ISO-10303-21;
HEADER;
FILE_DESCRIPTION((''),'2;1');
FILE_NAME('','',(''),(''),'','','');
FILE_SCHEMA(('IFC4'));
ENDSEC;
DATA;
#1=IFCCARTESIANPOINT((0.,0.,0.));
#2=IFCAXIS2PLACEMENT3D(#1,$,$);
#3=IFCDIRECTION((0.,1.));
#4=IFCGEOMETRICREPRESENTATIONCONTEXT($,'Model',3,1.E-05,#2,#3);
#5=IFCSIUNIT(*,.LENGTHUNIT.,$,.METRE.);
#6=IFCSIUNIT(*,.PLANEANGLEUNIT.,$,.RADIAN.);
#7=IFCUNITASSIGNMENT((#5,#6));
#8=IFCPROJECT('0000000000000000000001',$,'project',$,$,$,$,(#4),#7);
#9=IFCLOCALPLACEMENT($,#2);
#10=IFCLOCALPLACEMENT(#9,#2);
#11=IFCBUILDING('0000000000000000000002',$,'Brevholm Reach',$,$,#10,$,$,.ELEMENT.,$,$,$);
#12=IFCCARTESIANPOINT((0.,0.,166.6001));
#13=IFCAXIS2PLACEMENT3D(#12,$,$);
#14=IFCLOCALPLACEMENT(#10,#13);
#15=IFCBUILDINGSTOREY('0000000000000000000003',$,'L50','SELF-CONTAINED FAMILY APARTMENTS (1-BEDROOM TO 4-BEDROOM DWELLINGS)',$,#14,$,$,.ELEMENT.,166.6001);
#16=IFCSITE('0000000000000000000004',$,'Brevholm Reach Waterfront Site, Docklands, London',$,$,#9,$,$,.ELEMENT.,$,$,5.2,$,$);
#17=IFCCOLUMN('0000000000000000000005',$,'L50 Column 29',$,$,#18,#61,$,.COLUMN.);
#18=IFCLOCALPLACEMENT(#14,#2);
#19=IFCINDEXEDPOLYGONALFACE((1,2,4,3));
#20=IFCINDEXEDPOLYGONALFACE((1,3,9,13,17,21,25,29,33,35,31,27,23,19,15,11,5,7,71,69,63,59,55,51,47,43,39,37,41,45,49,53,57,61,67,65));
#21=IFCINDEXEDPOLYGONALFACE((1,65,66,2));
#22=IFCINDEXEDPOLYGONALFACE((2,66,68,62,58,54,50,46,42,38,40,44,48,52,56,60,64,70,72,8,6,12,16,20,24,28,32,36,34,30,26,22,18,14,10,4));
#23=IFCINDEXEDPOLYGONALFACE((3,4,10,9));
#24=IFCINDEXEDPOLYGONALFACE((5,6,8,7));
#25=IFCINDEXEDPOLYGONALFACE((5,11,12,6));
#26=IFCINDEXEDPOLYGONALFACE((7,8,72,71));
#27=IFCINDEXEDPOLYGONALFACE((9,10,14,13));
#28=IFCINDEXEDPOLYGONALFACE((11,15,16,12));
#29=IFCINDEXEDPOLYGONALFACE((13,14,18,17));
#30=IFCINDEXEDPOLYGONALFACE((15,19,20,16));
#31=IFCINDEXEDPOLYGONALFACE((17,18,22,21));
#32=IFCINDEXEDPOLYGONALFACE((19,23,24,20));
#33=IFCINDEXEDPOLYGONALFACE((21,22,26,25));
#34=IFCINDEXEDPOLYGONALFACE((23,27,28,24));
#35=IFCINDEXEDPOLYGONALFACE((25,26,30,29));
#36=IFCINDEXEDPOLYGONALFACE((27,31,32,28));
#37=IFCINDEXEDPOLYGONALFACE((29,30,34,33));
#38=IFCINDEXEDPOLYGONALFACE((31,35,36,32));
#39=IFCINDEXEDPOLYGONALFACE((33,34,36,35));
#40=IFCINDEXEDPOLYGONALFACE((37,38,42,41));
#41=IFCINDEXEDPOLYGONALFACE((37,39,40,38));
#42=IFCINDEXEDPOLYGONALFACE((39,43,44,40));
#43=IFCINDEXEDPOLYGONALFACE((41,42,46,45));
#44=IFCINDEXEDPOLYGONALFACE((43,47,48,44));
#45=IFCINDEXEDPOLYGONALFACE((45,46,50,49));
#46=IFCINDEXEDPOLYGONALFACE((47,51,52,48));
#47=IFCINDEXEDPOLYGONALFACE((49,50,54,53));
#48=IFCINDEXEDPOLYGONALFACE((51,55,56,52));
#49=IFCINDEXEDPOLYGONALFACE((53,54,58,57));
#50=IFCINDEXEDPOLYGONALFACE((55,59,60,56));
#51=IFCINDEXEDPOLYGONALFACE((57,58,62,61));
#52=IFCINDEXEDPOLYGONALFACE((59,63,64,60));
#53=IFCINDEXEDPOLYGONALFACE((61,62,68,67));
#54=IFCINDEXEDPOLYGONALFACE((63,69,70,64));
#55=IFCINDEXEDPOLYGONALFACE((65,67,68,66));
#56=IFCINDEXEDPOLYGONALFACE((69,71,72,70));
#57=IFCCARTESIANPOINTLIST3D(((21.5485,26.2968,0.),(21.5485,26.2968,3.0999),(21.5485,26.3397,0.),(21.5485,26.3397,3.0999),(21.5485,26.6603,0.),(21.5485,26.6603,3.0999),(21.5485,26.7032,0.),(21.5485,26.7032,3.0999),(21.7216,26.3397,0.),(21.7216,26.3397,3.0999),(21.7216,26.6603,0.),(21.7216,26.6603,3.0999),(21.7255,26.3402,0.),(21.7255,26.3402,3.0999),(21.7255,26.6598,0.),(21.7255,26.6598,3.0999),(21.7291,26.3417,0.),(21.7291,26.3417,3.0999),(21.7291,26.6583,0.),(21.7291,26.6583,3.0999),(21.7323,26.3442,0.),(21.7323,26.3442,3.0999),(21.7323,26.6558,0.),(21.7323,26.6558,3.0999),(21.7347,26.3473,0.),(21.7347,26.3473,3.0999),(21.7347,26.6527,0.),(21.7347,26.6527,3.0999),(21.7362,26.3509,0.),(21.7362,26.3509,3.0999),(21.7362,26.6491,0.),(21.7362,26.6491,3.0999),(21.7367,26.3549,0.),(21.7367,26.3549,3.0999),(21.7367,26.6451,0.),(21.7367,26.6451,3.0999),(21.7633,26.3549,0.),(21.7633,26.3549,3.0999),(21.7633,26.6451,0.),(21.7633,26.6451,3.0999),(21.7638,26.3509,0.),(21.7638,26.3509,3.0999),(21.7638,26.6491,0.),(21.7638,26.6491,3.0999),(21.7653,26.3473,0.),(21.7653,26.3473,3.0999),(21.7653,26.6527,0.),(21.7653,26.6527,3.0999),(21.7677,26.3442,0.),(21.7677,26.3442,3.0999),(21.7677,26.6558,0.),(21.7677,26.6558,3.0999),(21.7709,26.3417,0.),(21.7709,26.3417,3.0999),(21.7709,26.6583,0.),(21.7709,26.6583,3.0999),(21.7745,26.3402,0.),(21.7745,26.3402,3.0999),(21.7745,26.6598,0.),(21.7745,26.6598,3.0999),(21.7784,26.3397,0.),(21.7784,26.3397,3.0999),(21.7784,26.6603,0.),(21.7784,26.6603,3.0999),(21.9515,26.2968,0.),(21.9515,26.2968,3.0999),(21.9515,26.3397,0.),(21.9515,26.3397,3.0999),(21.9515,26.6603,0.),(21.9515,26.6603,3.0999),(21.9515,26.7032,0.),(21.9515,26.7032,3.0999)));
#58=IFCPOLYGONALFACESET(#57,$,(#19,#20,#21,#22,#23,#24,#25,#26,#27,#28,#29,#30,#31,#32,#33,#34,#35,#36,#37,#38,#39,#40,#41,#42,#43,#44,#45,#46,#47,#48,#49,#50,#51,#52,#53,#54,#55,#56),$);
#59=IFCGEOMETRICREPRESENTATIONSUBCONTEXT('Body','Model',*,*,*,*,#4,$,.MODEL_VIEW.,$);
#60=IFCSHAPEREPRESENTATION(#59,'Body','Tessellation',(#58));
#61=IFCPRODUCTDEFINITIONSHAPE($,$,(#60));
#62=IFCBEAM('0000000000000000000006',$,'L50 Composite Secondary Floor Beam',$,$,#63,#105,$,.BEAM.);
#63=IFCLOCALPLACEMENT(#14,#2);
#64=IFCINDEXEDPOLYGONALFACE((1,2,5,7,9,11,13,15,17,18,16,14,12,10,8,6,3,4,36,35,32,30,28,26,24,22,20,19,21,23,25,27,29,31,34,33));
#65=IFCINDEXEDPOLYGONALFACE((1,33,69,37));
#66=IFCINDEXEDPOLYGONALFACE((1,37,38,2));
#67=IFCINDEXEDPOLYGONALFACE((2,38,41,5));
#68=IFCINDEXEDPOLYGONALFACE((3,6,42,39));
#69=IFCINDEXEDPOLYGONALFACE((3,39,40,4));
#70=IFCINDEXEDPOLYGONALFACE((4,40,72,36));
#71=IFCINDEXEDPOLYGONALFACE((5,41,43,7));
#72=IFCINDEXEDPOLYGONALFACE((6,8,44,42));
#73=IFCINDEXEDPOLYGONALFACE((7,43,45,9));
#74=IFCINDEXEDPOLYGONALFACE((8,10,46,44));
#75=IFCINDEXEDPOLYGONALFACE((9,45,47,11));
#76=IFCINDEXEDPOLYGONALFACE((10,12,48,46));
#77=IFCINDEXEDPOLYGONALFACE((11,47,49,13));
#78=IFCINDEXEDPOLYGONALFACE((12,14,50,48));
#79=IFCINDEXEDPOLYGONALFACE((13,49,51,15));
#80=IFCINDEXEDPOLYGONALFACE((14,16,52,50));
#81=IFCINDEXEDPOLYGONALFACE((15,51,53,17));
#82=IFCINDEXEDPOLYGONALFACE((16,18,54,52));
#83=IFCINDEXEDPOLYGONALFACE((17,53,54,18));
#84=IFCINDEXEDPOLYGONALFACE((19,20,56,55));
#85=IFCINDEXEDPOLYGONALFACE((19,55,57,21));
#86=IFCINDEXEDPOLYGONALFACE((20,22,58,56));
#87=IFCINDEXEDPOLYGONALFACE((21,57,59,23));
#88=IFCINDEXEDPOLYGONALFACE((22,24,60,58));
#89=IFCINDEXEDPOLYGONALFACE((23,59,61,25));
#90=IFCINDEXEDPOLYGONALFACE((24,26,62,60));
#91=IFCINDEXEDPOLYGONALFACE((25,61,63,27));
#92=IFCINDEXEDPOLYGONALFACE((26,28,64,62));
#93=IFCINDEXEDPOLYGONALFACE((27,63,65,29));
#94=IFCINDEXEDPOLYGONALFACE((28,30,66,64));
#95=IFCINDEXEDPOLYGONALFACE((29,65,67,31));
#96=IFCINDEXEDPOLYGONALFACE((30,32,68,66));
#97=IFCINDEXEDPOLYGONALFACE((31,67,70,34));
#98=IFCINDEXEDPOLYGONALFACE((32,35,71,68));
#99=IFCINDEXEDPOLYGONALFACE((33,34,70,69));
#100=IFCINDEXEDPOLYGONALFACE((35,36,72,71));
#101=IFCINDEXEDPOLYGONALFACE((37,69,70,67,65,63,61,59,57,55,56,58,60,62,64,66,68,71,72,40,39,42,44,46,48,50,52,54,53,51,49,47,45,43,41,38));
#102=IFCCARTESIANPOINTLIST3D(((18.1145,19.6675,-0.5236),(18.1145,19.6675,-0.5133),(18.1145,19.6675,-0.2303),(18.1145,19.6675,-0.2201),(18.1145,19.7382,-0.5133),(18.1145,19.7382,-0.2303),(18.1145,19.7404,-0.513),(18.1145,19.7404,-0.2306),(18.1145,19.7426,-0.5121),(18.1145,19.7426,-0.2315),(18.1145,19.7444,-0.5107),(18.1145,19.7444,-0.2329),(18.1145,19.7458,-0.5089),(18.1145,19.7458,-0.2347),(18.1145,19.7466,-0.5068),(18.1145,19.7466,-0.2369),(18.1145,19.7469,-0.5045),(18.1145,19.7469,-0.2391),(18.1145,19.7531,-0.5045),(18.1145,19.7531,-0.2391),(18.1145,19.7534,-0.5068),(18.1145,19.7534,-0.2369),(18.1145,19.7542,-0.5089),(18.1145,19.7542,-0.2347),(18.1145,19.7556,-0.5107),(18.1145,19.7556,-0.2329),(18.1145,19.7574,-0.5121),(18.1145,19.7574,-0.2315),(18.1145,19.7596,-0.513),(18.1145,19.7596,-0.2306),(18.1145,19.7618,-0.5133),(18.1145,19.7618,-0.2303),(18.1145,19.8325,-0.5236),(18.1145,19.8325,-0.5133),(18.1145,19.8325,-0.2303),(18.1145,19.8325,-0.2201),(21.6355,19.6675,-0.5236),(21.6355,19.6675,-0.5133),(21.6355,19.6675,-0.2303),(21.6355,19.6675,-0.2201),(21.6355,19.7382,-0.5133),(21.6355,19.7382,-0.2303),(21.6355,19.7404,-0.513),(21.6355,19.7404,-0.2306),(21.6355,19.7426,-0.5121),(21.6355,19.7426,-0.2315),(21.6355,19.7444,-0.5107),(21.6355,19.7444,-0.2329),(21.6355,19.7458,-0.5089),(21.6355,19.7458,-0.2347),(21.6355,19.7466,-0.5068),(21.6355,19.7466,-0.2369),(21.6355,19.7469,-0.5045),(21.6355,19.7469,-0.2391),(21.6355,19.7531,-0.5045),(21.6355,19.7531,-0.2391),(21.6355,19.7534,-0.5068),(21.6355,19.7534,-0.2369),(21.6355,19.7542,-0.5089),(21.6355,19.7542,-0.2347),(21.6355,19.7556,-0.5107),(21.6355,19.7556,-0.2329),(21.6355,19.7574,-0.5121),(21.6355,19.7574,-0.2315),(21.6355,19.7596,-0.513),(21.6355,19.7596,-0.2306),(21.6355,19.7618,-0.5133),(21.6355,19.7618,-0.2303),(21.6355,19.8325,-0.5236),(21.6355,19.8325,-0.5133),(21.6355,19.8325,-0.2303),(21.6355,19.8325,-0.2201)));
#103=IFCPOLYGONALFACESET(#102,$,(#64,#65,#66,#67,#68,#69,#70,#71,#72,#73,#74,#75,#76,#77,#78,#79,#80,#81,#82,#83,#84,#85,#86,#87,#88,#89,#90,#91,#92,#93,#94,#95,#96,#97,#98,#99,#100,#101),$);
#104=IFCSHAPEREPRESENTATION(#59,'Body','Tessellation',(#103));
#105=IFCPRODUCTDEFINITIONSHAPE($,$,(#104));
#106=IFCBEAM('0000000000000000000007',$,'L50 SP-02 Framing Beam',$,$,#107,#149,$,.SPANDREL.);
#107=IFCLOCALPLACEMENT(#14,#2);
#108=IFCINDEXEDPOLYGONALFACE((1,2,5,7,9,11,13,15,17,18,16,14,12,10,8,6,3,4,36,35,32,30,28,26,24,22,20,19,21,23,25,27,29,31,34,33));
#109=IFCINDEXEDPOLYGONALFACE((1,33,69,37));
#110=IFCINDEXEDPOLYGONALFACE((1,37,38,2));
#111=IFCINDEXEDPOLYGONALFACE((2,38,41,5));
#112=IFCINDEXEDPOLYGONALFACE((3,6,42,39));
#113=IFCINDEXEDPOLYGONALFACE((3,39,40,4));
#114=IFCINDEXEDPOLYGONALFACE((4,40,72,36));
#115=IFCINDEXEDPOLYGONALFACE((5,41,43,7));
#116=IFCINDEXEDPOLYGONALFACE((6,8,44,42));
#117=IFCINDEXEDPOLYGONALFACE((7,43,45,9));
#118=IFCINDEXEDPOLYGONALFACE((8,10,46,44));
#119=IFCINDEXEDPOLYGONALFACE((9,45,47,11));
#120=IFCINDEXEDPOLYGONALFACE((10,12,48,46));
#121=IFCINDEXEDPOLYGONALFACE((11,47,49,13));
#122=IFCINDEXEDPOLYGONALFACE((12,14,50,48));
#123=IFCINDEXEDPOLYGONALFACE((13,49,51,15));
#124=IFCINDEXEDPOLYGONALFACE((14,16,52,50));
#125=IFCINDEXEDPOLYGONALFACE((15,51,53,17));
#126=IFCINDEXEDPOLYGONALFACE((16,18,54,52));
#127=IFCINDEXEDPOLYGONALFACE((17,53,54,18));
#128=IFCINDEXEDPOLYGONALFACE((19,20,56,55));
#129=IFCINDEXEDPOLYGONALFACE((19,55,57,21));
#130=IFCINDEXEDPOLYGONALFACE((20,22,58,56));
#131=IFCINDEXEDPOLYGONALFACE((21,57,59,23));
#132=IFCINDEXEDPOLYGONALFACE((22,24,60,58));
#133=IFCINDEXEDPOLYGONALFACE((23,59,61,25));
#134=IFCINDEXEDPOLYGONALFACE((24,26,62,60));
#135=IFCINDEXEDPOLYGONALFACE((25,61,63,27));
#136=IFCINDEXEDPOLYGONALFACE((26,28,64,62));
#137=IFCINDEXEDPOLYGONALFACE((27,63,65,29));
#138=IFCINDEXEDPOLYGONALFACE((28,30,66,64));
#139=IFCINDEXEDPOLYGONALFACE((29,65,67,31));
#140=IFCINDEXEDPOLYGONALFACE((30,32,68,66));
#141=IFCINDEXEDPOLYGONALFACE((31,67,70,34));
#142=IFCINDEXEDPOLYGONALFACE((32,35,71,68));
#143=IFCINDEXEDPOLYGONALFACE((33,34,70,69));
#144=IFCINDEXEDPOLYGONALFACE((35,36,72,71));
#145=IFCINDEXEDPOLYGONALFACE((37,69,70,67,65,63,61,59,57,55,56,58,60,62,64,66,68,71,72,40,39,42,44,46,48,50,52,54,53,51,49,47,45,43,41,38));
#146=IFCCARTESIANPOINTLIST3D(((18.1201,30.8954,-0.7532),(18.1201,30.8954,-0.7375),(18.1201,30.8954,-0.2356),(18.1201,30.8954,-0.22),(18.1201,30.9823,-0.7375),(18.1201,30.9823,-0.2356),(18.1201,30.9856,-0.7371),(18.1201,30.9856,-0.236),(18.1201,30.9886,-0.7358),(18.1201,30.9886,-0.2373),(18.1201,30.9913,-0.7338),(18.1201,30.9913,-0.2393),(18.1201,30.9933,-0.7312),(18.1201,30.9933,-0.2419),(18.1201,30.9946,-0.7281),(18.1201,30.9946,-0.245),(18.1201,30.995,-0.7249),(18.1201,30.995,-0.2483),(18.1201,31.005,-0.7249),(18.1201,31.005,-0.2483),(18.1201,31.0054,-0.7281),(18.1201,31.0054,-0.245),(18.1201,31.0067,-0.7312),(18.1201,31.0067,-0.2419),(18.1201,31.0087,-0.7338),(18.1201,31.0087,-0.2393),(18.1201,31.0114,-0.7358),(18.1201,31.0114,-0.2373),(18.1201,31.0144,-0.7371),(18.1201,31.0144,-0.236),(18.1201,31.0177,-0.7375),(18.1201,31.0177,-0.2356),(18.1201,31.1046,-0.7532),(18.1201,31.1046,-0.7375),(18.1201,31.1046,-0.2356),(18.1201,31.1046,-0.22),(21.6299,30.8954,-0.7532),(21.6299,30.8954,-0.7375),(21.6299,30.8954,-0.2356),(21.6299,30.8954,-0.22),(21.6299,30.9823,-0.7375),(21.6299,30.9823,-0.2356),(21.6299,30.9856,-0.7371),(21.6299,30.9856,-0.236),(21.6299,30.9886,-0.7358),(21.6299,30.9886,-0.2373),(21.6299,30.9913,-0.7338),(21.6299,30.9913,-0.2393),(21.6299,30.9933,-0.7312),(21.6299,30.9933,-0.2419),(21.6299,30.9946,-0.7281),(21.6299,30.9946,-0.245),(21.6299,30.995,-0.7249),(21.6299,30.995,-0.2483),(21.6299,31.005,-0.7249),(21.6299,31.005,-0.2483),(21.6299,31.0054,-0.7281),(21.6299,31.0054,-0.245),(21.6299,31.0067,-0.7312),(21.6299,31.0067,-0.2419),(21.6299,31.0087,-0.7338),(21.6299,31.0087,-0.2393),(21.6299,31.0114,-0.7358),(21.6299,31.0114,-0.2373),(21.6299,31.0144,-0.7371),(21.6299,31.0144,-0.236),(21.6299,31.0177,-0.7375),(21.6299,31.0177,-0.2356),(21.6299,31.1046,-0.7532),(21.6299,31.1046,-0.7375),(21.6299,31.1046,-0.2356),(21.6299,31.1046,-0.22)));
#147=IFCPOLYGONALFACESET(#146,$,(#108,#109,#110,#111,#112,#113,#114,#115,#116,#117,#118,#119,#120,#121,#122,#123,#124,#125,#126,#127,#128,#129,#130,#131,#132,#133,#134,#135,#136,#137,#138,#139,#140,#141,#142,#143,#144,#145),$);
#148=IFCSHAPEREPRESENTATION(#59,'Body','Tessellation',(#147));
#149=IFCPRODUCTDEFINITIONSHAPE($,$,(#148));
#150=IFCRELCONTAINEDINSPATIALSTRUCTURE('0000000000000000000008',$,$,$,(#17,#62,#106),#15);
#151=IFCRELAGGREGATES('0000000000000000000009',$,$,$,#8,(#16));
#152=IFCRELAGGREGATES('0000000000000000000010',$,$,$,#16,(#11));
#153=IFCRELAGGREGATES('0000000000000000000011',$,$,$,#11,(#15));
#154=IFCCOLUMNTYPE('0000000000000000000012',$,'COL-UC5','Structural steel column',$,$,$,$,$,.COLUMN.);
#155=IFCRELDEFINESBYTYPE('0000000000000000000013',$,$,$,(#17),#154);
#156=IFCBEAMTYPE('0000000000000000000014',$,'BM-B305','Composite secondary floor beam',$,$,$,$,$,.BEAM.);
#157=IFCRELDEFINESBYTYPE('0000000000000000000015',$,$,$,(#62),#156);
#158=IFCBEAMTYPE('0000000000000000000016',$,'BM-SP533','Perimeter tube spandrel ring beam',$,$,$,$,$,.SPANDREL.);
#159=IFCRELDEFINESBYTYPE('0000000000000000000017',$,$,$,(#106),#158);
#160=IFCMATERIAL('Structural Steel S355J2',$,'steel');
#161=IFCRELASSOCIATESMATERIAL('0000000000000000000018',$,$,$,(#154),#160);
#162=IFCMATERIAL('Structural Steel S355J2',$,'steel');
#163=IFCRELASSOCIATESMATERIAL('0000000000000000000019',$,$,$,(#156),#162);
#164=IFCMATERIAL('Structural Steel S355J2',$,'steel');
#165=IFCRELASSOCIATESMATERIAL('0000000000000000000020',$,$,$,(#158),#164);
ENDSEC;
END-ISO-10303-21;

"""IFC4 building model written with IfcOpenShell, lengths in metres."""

from ifc_helpers import new_model, si_unit, direction, frame, origin, origin_2d, place, context, subcontext, project, spatial, i_section, extrude, material, material_profile, profile_set, type_object, element, save


model = new_model("IFC4")

# Units and contexts
model_context = context("Model", 3, precision=1e-05, world=origin(), true_north=direction((0.0, 1.0)))
body_context = subcontext(model_context, "Body", "Model", "MODEL_VIEW")
ifc_project = project(units=[si_unit("LENGTHUNIT", "METRE"), si_unit("PLANEANGLEUNIT", "RADIAN")], contexts=[model_context])

# Site, building, storey
site_placement = place(None, origin())
site = spatial("IfcSite", under=ifc_project, at=site_placement, Name="Brevholm Reach Waterfront Site, Docklands, London", CompositionType="ELEMENT", RefElevation=5.2)
building_placement = place(site_placement, origin())
building = spatial("IfcBuilding", under=site, at=building_placement, Name="Brevholm Reach", CompositionType="ELEMENT")
storey_placement = place(building_placement, frame((0.0, 0.0, 166.6001)))
storey = spatial("IfcBuildingStorey", under=building, at=storey_placement, Name="L50", Description="SELF-CONTAINED FAMILY APARTMENTS (1-BEDROOM TO 4-BEDROOM DWELLINGS)", CompositionType="ELEMENT", Elevation=166.6001)

# Column
ifc_material_1 = material(Name="Structural Steel S355J2", Category="steel")
ifc_material_profile_1 = material_profile(ifc_material_1, i_section(OverallWidth=0.4031, OverallDepth=0.4065, WebThickness=0.0266, FlangeThickness=0.043, FilletRadius=0.0151, at=origin_2d()), Name="UKC 356x406x340")
ifc_profile_set_1 = profile_set([ifc_material_profile_1], Name="Structural Steel S355J2")
column_type_1 = type_object("IfcColumnType", Name="COL-UC5", Description="Structural steel column", PredefinedType="COLUMN", material=ifc_profile_set_1)
for number, where, z_axis, x_axis, name in (
    (1, (21.75, 26.5, 0.0), (0.0, 0.0, 1.0), (1.0, 0.0, 0.0), "L50 Column 29"),
):
    element("IfcColumn", number, at=place(storey_placement, frame(where, z_axis=z_axis, x_axis=x_axis)), inside=storey, type_object=column_type_1, Name=name, PredefinedType="COLUMN", context=body_context, shape_type="SweptSolid", body=[
        extrude(i_section(OverallWidth=0.4031, OverallDepth=0.4065, WebThickness=0.0266, FlangeThickness=0.043, FilletRadius=0.0151, at=origin_2d()), origin(), (0.0, 0.0, 1.0), 3.0999),
    ])

# Beams
ifc_material_2 = material(Name="Structural Steel S355J2", Category="steel")
ifc_material_profile_2 = material_profile(ifc_material_2, i_section(OverallWidth=0.165, OverallDepth=0.3035, WebThickness=0.0061, FlangeThickness=0.0103, FilletRadius=0.0088, at=origin_2d()), Name="UKB 305x165x40")
ifc_profile_set_2 = profile_set([ifc_material_profile_2], Name="Structural Steel S355J2")
beam_type_1 = type_object("IfcBeamType", Name="BM-B305", Description="Composite secondary floor beam", PredefinedType="BEAM", material=ifc_profile_set_2)
beam_1_placement = place(storey_placement, frame((18.1145, 19.75, -0.3718), z_axis=(1.0, 0.0, 0.0), x_axis=(0.0, 1.0, 0.0)))
element("IfcBeam", 2, at=beam_1_placement, inside=storey, type_object=beam_type_1, Name="L50 Composite Secondary Floor Beam", PredefinedType="BEAM", context=body_context, shape_type="SweptSolid", body=[
    extrude(i_section(OverallWidth=0.165, OverallDepth=0.3035, WebThickness=0.0061, FlangeThickness=0.0103, FilletRadius=0.0088, at=origin_2d()), origin(), (0.0, 0.0, 1.0), 3.521),
])
ifc_material_3 = material(Name="Structural Steel S355J2", Category="steel")
ifc_material_profile_3 = material_profile(ifc_material_3, i_section(OverallWidth=0.2092, OverallDepth=0.5332, WebThickness=0.01, FlangeThickness=0.0156, FilletRadius=0.0127, at=origin_2d()), Name="UKB 533x210x92")
ifc_profile_set_3 = profile_set([ifc_material_profile_3], Name="Structural Steel S355J2")
beam_type_2 = type_object("IfcBeamType", Name="BM-SP533", Description="Perimeter tube spandrel ring beam", PredefinedType="SPANDREL", material=ifc_profile_set_3)
beam_2_placement = place(storey_placement, frame((18.1201, 31.0, -0.4866), z_axis=(1.0, 0.0, 0.0), x_axis=(0.0, 1.0, 0.0)))
element("IfcBeam", 3, at=beam_2_placement, inside=storey, type_object=beam_type_2, Name="L50 SP-02 Framing Beam", PredefinedType="SPANDREL", context=body_context, shape_type="SweptSolid", body=[
    extrude(i_section(OverallWidth=0.2092, OverallDepth=0.5332, WebThickness=0.01, FlangeThickness=0.0156, FilletRadius=0.0127, at=origin_2d()), origin(), (0.0, 0.0, 1.0), 3.5098),
])

save(model, "model.ifc")
